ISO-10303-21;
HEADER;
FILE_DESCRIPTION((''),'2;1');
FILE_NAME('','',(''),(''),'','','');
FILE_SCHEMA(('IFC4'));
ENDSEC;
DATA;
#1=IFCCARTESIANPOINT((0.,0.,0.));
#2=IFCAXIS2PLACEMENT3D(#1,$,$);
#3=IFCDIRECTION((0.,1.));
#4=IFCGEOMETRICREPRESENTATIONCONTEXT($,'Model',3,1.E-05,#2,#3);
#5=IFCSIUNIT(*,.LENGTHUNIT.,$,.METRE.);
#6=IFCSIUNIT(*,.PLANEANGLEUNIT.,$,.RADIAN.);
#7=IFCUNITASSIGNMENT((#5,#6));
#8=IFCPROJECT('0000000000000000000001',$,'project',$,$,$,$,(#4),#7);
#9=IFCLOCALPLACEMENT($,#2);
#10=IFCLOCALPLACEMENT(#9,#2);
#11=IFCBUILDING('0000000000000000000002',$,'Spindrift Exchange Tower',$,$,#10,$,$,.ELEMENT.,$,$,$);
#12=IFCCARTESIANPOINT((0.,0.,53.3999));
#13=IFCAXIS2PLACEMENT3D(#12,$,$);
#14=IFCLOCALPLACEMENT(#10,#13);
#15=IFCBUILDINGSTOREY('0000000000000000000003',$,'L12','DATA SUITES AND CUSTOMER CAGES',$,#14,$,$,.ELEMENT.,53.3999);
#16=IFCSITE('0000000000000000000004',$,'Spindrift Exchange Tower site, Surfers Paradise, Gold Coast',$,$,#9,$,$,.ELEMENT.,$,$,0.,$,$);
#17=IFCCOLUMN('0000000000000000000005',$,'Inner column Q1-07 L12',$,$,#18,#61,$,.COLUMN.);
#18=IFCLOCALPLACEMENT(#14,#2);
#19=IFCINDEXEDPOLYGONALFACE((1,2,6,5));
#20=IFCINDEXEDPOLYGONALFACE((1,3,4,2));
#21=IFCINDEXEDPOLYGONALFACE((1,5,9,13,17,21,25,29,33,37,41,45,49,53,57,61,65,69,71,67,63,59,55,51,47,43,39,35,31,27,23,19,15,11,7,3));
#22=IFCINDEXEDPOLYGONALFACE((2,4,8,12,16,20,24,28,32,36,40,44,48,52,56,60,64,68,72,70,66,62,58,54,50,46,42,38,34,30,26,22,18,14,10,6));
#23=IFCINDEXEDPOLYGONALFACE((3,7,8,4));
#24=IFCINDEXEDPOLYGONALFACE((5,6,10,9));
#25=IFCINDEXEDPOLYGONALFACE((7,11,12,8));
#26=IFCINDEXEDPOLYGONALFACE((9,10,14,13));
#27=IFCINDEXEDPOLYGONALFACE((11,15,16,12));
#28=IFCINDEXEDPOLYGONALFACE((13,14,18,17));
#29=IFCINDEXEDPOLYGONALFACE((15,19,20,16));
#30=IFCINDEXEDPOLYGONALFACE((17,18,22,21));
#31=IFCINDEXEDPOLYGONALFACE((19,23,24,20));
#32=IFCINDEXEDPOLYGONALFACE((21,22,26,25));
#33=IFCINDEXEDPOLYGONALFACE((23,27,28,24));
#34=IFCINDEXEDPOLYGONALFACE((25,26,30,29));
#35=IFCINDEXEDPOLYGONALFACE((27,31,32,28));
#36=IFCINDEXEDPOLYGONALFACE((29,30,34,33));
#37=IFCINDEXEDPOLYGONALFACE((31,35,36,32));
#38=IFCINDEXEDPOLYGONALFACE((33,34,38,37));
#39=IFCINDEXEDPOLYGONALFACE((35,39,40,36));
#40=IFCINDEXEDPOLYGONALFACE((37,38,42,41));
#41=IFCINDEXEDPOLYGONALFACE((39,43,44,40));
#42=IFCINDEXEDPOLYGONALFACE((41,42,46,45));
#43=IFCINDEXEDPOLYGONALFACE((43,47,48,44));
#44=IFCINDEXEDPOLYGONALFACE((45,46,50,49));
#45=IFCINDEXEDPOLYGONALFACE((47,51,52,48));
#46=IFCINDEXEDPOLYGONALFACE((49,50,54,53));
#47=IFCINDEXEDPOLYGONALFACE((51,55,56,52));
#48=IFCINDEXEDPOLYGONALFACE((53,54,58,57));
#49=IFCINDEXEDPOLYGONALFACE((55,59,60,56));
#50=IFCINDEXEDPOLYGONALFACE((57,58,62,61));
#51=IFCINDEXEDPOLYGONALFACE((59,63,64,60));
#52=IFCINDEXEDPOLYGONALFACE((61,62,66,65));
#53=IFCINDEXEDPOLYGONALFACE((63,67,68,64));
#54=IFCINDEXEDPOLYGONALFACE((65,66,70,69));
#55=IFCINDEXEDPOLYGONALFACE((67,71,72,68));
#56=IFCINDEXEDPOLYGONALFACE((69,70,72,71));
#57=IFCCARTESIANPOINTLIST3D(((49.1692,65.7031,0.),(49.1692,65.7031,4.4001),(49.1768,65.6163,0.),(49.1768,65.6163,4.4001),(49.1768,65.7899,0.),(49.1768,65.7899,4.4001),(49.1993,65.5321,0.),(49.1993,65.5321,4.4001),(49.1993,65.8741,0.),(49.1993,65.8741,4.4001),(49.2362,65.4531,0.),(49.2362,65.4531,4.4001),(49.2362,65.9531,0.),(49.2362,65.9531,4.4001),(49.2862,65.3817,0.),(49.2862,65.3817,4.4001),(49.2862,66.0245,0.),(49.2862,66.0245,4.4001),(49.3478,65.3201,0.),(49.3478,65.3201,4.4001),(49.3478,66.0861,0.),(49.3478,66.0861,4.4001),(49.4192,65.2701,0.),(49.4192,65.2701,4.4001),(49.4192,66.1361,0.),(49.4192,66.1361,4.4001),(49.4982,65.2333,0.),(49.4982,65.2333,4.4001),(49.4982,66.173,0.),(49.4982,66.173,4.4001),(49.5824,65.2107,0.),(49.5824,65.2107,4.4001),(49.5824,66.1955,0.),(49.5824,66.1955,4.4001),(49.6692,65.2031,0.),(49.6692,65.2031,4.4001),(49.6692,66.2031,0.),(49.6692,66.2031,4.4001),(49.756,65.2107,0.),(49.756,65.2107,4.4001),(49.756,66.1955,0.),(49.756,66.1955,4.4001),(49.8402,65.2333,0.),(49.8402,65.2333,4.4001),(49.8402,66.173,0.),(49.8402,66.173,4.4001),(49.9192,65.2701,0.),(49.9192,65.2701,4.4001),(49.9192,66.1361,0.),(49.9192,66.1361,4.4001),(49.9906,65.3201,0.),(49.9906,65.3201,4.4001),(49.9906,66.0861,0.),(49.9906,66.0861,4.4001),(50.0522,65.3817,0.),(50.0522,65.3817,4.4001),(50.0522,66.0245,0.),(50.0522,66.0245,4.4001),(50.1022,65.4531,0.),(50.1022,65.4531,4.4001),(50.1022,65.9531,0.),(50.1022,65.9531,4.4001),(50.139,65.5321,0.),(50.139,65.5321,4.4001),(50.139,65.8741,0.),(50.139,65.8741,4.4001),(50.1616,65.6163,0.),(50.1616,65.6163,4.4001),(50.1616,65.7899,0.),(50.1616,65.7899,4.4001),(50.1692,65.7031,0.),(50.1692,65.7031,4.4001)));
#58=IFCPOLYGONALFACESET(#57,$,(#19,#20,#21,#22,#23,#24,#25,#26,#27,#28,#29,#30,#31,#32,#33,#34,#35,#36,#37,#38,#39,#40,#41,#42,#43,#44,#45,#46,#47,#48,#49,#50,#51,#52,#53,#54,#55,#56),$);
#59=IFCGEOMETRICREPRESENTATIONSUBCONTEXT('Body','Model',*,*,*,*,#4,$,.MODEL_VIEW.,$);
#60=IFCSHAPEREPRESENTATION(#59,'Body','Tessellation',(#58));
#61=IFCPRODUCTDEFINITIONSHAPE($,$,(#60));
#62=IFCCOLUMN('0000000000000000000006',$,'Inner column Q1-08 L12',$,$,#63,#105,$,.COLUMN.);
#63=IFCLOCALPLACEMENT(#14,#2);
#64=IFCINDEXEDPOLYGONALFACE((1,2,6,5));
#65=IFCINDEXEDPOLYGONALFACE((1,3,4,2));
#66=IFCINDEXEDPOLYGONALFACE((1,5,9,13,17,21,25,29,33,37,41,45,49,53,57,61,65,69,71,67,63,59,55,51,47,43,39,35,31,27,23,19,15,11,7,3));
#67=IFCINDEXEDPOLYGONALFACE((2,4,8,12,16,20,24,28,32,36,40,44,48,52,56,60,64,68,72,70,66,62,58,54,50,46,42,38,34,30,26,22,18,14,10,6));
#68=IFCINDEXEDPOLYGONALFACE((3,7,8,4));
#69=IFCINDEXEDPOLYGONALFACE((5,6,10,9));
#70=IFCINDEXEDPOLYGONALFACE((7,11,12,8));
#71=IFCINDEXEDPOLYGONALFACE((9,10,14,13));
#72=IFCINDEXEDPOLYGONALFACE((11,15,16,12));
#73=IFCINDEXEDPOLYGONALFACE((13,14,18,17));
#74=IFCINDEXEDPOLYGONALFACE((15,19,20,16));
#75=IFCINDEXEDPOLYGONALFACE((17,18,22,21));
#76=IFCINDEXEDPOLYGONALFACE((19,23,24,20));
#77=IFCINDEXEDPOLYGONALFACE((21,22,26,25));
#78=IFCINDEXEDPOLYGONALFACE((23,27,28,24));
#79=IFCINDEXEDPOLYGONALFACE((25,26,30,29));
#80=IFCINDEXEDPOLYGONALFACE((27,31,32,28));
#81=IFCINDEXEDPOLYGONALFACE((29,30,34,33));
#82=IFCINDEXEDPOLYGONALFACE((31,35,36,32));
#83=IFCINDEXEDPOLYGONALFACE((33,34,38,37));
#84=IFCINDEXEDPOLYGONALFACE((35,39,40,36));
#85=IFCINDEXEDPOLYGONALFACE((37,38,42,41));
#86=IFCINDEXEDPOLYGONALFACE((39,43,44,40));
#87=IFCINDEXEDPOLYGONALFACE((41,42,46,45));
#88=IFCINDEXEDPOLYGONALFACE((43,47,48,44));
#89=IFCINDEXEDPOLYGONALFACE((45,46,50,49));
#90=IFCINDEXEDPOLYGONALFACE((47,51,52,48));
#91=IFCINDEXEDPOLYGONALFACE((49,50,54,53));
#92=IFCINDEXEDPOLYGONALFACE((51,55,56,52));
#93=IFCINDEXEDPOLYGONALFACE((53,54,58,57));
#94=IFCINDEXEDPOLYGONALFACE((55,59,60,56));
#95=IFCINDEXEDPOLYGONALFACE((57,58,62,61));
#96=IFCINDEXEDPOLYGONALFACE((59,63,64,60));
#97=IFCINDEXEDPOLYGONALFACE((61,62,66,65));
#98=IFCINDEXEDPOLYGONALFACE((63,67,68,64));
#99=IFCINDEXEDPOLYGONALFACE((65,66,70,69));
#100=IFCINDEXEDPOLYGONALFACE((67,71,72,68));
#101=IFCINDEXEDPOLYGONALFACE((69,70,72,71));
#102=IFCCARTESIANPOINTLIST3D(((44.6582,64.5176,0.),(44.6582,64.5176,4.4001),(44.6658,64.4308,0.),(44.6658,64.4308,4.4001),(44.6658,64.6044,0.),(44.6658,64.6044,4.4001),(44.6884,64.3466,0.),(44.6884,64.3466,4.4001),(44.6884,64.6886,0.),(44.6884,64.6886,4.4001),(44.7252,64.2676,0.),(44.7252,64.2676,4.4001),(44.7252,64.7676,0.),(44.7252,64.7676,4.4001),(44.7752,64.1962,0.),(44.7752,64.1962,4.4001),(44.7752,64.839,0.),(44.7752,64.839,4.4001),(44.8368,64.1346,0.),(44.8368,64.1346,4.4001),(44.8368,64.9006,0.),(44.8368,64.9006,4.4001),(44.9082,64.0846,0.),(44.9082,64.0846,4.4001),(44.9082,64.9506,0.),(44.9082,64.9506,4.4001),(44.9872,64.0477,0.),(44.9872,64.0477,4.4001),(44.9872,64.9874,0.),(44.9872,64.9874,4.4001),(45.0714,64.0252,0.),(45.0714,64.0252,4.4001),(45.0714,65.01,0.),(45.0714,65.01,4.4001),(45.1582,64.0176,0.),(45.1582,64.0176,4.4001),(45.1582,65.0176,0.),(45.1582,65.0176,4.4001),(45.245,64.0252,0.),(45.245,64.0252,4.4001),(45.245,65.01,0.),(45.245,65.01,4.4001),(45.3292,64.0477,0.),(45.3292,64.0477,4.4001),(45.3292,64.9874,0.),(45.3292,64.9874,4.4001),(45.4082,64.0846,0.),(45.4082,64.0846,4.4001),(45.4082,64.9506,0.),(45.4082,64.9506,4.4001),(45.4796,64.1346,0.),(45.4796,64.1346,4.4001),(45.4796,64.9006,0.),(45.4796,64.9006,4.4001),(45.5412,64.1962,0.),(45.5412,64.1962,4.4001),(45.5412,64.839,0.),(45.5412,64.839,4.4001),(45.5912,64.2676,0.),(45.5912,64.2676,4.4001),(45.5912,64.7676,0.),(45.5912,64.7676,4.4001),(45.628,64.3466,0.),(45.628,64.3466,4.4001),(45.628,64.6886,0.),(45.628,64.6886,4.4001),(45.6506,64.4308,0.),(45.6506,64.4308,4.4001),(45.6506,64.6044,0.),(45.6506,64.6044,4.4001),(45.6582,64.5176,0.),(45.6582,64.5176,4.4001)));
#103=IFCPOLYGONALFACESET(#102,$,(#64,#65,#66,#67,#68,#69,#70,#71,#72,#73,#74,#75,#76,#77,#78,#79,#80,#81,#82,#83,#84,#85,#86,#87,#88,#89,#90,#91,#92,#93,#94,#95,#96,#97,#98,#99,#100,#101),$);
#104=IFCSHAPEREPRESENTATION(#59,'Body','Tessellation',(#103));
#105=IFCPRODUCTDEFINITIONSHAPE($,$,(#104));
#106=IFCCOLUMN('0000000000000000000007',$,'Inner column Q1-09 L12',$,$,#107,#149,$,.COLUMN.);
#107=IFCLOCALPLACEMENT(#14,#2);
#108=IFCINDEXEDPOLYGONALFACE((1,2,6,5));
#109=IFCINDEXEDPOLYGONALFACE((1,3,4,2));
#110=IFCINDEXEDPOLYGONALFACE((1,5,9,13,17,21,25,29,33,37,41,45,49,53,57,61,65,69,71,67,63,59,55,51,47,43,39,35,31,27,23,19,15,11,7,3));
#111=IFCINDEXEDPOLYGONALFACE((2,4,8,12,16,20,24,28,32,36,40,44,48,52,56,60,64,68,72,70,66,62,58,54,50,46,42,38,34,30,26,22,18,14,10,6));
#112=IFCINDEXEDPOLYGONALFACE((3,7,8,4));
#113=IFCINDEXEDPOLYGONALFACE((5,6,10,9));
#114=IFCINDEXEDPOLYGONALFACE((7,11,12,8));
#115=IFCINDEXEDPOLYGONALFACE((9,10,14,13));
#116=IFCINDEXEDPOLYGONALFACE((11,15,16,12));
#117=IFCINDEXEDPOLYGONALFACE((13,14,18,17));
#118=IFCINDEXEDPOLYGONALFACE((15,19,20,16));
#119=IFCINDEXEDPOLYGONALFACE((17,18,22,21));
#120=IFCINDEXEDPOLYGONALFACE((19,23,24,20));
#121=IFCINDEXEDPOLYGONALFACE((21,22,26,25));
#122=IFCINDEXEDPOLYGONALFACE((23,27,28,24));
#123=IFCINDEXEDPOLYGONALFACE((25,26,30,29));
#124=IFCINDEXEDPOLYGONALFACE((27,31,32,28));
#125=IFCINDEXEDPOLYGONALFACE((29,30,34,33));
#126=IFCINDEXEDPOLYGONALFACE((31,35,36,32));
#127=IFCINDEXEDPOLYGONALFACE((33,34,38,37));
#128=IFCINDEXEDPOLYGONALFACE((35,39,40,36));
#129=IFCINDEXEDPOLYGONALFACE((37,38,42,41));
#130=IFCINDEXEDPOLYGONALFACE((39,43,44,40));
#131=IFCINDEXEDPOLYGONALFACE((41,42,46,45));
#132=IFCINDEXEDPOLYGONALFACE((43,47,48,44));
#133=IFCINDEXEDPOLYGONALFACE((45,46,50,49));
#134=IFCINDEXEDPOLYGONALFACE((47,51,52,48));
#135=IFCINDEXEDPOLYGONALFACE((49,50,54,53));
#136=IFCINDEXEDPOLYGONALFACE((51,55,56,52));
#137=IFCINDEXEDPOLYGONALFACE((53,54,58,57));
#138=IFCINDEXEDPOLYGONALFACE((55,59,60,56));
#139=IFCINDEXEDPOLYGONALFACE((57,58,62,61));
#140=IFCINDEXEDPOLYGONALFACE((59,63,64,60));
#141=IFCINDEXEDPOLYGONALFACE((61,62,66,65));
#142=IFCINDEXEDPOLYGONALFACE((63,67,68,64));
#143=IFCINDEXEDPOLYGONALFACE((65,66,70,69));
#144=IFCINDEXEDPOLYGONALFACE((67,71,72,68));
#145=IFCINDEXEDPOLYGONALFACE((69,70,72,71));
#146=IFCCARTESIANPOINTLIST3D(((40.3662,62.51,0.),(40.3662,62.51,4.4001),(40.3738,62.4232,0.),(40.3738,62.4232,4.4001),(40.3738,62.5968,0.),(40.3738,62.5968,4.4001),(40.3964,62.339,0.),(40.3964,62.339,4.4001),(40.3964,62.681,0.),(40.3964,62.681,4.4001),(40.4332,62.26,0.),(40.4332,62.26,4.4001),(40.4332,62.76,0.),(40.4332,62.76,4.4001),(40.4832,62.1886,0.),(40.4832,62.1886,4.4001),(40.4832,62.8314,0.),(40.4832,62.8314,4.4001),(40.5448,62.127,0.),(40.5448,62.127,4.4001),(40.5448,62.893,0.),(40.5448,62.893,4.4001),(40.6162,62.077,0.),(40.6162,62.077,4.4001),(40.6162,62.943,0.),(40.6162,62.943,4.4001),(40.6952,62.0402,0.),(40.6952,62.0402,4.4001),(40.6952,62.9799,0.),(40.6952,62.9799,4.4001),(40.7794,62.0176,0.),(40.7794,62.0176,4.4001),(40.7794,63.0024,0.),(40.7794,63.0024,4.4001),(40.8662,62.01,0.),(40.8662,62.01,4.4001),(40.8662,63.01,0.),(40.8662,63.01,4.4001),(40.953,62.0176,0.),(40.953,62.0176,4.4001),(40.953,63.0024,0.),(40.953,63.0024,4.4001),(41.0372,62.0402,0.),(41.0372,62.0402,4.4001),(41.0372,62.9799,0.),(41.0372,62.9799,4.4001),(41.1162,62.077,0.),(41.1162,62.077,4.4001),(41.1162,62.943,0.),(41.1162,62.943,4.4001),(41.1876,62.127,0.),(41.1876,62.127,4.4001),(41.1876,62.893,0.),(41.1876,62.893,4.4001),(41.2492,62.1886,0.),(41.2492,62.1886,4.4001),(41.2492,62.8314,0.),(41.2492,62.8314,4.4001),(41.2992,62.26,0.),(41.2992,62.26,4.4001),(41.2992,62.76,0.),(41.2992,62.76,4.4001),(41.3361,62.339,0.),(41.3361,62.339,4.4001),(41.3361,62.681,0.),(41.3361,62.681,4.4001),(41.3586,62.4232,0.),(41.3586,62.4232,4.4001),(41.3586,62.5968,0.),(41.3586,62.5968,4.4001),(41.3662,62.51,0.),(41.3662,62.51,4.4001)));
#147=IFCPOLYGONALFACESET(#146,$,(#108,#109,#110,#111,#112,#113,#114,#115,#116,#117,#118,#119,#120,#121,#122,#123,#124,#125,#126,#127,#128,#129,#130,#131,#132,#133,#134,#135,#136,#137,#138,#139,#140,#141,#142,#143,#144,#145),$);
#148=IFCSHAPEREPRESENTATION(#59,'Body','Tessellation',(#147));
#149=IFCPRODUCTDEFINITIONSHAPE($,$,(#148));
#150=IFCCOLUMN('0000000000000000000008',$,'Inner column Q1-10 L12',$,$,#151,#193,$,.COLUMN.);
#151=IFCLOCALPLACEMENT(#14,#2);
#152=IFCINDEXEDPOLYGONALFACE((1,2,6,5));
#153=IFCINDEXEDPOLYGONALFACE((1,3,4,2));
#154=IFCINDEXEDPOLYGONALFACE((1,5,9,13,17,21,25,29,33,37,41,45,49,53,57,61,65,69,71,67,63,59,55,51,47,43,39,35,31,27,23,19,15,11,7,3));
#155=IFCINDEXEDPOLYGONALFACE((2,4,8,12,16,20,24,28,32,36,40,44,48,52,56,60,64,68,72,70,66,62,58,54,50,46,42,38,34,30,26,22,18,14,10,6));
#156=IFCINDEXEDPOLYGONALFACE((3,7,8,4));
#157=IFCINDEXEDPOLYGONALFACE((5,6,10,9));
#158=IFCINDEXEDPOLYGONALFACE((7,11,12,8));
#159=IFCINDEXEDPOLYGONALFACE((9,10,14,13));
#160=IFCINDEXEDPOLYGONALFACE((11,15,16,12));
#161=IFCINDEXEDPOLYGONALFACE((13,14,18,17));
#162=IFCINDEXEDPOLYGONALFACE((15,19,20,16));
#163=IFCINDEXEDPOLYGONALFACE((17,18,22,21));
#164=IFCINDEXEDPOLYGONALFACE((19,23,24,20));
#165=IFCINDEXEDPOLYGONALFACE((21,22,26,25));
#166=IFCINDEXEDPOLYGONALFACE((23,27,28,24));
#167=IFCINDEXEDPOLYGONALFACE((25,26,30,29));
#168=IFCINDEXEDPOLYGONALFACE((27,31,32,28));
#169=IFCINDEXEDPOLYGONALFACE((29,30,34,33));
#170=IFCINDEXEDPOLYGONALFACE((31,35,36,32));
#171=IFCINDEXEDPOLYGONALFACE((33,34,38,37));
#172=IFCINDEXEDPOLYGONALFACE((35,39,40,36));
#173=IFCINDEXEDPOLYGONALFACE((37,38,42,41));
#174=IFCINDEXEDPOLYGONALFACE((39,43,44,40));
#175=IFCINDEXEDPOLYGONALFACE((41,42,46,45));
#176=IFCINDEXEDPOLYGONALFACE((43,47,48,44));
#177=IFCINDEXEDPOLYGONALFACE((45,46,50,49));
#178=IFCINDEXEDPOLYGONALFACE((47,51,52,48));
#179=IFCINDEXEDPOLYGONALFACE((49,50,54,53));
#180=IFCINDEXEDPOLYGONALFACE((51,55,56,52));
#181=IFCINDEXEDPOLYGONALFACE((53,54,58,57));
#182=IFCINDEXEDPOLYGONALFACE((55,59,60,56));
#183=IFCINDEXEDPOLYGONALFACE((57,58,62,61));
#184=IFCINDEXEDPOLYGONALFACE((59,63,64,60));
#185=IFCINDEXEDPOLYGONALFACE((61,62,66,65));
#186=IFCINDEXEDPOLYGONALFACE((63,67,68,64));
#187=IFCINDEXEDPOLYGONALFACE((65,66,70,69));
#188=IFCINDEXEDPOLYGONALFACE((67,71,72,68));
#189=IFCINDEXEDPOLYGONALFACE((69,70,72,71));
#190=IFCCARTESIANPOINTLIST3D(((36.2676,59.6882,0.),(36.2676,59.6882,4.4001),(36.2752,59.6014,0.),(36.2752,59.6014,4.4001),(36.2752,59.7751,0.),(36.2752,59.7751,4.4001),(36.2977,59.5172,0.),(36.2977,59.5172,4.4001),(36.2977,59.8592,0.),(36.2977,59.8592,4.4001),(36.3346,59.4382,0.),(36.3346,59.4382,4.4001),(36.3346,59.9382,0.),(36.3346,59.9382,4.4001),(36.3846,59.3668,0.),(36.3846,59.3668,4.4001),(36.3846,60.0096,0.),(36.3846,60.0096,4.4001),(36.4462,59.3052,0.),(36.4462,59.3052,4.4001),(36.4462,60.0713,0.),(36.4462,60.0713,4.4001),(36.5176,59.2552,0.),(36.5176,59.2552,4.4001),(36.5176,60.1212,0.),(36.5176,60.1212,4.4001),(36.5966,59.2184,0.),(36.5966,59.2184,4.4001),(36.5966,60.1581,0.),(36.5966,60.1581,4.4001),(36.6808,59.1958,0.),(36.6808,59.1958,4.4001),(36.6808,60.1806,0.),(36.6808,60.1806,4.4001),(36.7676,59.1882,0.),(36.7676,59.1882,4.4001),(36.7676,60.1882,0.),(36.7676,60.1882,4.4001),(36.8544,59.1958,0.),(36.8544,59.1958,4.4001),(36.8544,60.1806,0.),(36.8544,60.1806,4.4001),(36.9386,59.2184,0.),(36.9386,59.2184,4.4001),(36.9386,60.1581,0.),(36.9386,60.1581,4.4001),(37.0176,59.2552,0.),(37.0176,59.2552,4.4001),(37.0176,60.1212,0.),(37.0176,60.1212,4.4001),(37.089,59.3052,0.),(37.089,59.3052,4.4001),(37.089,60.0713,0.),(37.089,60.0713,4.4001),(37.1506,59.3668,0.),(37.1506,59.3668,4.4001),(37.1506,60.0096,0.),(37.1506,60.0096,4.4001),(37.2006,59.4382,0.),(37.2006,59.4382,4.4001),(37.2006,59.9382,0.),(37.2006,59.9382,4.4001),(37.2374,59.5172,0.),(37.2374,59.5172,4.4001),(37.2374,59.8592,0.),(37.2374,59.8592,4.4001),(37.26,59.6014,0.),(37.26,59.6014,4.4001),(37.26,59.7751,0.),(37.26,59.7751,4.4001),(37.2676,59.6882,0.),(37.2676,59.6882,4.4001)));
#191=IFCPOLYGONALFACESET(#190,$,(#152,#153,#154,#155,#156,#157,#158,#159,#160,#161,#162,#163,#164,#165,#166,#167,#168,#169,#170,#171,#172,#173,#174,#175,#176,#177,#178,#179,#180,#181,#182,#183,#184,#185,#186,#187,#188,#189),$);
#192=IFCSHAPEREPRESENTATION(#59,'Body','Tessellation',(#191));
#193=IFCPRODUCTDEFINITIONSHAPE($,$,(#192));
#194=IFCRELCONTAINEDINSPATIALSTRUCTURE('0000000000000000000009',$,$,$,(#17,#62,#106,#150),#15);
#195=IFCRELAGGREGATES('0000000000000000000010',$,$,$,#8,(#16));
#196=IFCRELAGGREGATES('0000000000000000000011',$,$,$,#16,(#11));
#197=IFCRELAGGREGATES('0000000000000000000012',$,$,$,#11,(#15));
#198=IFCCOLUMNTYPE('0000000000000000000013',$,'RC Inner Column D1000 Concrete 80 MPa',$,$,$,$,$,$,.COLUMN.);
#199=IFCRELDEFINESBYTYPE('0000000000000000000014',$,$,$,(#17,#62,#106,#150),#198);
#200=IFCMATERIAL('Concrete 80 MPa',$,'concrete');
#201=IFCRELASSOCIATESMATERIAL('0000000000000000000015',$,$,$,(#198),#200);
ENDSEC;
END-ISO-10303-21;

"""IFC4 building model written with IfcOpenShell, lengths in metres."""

from ifc_helpers import new_model, si_unit, direction, frame, origin, origin_2d, place, context, subcontext, project, spatial, circle, extrude, source, transform, mapped, material, material_profile, profile_set, type_object, element, save


model = new_model("IFC4")

# Units and contexts
model_context = context("Model", 3, precision=1e-05, world=origin(), true_north=direction((0.0, 1.0)))
body_context = subcontext(model_context, "Body", "Model", "MODEL_VIEW")
ifc_project = project(units=[si_unit("LENGTHUNIT", "METRE"), si_unit("PLANEANGLEUNIT", "RADIAN")], contexts=[model_context])

# Site, building, storey
site_placement = place(None, origin())
site = spatial("IfcSite", under=ifc_project, at=site_placement, Name="Spindrift Exchange Tower site, Surfers Paradise, Gold Coast", CompositionType="ELEMENT", RefElevation=0.0)
building_placement = place(site_placement, origin())
building = spatial("IfcBuilding", under=site, at=building_placement, Name="Spindrift Exchange Tower", CompositionType="ELEMENT")
storey_placement = place(building_placement, frame((0.0, 0.0, 53.3999)))
storey = spatial("IfcBuildingStorey", under=building, at=storey_placement, Name="L12", Description="DATA SUITES AND CUSTOMER CAGES", CompositionType="ELEMENT", Elevation=53.3999)

# Columns
ifc_material_1 = material(Name="Concrete 80 MPa", Category="concrete")
ifc_material_profile_1 = material_profile(ifc_material_1, circle(Radius=0.5, at=origin_2d()), Name="RC D1000")
ifc_profile_set_1 = profile_set([ifc_material_profile_1], Name="Concrete 80 MPa")
column_type = type_object("IfcColumnType", Name="RC Inner Column D1000 Concrete 80 MPa", PredefinedType="COLUMN", material=ifc_profile_set_1)
shared_shape_1 = source(origin(), body_context, "Body", "SweptSolid", [
    extrude(circle(Radius=0.5, at=origin_2d()), origin(), (0.0, 0.0, 1.0), 4.4001),
])
for number, where, z_axis, x_axis, name in (
    (1, (49.6692, 65.7031, 0.0), (0.0, 0.0, 1.0), (1.0, 0.0, 0.0), "Inner column Q1-07 L12"),
    (2, (45.1582, 64.5176, 0.0), (0.0, 0.0, 1.0), (1.0, 0.0, 0.0), "Inner column Q1-08 L12"),
    (3, (40.8662, 62.51, 0.0), (0.0, 0.0, 1.0), (1.0, 0.0, 0.0), "Inner column Q1-09 L12"),
    (4, (36.7676, 59.6882, 0.0), (0.0, 0.0, 1.0), (1.0, 0.0, 0.0), "Inner column Q1-10 L12"),
):
    element("IfcColumn", number, at=place(storey_placement, frame(where, z_axis=z_axis, x_axis=x_axis)), inside=storey, type_object=column_type, Name=name, PredefinedType="COLUMN", context=body_context, shape_type="MappedRepresentation", body=[
        mapped(shared_shape_1, transform((0.0, 0.0, 0.0), scale=1.0)),
    ])

save(model, "model.ifc")
